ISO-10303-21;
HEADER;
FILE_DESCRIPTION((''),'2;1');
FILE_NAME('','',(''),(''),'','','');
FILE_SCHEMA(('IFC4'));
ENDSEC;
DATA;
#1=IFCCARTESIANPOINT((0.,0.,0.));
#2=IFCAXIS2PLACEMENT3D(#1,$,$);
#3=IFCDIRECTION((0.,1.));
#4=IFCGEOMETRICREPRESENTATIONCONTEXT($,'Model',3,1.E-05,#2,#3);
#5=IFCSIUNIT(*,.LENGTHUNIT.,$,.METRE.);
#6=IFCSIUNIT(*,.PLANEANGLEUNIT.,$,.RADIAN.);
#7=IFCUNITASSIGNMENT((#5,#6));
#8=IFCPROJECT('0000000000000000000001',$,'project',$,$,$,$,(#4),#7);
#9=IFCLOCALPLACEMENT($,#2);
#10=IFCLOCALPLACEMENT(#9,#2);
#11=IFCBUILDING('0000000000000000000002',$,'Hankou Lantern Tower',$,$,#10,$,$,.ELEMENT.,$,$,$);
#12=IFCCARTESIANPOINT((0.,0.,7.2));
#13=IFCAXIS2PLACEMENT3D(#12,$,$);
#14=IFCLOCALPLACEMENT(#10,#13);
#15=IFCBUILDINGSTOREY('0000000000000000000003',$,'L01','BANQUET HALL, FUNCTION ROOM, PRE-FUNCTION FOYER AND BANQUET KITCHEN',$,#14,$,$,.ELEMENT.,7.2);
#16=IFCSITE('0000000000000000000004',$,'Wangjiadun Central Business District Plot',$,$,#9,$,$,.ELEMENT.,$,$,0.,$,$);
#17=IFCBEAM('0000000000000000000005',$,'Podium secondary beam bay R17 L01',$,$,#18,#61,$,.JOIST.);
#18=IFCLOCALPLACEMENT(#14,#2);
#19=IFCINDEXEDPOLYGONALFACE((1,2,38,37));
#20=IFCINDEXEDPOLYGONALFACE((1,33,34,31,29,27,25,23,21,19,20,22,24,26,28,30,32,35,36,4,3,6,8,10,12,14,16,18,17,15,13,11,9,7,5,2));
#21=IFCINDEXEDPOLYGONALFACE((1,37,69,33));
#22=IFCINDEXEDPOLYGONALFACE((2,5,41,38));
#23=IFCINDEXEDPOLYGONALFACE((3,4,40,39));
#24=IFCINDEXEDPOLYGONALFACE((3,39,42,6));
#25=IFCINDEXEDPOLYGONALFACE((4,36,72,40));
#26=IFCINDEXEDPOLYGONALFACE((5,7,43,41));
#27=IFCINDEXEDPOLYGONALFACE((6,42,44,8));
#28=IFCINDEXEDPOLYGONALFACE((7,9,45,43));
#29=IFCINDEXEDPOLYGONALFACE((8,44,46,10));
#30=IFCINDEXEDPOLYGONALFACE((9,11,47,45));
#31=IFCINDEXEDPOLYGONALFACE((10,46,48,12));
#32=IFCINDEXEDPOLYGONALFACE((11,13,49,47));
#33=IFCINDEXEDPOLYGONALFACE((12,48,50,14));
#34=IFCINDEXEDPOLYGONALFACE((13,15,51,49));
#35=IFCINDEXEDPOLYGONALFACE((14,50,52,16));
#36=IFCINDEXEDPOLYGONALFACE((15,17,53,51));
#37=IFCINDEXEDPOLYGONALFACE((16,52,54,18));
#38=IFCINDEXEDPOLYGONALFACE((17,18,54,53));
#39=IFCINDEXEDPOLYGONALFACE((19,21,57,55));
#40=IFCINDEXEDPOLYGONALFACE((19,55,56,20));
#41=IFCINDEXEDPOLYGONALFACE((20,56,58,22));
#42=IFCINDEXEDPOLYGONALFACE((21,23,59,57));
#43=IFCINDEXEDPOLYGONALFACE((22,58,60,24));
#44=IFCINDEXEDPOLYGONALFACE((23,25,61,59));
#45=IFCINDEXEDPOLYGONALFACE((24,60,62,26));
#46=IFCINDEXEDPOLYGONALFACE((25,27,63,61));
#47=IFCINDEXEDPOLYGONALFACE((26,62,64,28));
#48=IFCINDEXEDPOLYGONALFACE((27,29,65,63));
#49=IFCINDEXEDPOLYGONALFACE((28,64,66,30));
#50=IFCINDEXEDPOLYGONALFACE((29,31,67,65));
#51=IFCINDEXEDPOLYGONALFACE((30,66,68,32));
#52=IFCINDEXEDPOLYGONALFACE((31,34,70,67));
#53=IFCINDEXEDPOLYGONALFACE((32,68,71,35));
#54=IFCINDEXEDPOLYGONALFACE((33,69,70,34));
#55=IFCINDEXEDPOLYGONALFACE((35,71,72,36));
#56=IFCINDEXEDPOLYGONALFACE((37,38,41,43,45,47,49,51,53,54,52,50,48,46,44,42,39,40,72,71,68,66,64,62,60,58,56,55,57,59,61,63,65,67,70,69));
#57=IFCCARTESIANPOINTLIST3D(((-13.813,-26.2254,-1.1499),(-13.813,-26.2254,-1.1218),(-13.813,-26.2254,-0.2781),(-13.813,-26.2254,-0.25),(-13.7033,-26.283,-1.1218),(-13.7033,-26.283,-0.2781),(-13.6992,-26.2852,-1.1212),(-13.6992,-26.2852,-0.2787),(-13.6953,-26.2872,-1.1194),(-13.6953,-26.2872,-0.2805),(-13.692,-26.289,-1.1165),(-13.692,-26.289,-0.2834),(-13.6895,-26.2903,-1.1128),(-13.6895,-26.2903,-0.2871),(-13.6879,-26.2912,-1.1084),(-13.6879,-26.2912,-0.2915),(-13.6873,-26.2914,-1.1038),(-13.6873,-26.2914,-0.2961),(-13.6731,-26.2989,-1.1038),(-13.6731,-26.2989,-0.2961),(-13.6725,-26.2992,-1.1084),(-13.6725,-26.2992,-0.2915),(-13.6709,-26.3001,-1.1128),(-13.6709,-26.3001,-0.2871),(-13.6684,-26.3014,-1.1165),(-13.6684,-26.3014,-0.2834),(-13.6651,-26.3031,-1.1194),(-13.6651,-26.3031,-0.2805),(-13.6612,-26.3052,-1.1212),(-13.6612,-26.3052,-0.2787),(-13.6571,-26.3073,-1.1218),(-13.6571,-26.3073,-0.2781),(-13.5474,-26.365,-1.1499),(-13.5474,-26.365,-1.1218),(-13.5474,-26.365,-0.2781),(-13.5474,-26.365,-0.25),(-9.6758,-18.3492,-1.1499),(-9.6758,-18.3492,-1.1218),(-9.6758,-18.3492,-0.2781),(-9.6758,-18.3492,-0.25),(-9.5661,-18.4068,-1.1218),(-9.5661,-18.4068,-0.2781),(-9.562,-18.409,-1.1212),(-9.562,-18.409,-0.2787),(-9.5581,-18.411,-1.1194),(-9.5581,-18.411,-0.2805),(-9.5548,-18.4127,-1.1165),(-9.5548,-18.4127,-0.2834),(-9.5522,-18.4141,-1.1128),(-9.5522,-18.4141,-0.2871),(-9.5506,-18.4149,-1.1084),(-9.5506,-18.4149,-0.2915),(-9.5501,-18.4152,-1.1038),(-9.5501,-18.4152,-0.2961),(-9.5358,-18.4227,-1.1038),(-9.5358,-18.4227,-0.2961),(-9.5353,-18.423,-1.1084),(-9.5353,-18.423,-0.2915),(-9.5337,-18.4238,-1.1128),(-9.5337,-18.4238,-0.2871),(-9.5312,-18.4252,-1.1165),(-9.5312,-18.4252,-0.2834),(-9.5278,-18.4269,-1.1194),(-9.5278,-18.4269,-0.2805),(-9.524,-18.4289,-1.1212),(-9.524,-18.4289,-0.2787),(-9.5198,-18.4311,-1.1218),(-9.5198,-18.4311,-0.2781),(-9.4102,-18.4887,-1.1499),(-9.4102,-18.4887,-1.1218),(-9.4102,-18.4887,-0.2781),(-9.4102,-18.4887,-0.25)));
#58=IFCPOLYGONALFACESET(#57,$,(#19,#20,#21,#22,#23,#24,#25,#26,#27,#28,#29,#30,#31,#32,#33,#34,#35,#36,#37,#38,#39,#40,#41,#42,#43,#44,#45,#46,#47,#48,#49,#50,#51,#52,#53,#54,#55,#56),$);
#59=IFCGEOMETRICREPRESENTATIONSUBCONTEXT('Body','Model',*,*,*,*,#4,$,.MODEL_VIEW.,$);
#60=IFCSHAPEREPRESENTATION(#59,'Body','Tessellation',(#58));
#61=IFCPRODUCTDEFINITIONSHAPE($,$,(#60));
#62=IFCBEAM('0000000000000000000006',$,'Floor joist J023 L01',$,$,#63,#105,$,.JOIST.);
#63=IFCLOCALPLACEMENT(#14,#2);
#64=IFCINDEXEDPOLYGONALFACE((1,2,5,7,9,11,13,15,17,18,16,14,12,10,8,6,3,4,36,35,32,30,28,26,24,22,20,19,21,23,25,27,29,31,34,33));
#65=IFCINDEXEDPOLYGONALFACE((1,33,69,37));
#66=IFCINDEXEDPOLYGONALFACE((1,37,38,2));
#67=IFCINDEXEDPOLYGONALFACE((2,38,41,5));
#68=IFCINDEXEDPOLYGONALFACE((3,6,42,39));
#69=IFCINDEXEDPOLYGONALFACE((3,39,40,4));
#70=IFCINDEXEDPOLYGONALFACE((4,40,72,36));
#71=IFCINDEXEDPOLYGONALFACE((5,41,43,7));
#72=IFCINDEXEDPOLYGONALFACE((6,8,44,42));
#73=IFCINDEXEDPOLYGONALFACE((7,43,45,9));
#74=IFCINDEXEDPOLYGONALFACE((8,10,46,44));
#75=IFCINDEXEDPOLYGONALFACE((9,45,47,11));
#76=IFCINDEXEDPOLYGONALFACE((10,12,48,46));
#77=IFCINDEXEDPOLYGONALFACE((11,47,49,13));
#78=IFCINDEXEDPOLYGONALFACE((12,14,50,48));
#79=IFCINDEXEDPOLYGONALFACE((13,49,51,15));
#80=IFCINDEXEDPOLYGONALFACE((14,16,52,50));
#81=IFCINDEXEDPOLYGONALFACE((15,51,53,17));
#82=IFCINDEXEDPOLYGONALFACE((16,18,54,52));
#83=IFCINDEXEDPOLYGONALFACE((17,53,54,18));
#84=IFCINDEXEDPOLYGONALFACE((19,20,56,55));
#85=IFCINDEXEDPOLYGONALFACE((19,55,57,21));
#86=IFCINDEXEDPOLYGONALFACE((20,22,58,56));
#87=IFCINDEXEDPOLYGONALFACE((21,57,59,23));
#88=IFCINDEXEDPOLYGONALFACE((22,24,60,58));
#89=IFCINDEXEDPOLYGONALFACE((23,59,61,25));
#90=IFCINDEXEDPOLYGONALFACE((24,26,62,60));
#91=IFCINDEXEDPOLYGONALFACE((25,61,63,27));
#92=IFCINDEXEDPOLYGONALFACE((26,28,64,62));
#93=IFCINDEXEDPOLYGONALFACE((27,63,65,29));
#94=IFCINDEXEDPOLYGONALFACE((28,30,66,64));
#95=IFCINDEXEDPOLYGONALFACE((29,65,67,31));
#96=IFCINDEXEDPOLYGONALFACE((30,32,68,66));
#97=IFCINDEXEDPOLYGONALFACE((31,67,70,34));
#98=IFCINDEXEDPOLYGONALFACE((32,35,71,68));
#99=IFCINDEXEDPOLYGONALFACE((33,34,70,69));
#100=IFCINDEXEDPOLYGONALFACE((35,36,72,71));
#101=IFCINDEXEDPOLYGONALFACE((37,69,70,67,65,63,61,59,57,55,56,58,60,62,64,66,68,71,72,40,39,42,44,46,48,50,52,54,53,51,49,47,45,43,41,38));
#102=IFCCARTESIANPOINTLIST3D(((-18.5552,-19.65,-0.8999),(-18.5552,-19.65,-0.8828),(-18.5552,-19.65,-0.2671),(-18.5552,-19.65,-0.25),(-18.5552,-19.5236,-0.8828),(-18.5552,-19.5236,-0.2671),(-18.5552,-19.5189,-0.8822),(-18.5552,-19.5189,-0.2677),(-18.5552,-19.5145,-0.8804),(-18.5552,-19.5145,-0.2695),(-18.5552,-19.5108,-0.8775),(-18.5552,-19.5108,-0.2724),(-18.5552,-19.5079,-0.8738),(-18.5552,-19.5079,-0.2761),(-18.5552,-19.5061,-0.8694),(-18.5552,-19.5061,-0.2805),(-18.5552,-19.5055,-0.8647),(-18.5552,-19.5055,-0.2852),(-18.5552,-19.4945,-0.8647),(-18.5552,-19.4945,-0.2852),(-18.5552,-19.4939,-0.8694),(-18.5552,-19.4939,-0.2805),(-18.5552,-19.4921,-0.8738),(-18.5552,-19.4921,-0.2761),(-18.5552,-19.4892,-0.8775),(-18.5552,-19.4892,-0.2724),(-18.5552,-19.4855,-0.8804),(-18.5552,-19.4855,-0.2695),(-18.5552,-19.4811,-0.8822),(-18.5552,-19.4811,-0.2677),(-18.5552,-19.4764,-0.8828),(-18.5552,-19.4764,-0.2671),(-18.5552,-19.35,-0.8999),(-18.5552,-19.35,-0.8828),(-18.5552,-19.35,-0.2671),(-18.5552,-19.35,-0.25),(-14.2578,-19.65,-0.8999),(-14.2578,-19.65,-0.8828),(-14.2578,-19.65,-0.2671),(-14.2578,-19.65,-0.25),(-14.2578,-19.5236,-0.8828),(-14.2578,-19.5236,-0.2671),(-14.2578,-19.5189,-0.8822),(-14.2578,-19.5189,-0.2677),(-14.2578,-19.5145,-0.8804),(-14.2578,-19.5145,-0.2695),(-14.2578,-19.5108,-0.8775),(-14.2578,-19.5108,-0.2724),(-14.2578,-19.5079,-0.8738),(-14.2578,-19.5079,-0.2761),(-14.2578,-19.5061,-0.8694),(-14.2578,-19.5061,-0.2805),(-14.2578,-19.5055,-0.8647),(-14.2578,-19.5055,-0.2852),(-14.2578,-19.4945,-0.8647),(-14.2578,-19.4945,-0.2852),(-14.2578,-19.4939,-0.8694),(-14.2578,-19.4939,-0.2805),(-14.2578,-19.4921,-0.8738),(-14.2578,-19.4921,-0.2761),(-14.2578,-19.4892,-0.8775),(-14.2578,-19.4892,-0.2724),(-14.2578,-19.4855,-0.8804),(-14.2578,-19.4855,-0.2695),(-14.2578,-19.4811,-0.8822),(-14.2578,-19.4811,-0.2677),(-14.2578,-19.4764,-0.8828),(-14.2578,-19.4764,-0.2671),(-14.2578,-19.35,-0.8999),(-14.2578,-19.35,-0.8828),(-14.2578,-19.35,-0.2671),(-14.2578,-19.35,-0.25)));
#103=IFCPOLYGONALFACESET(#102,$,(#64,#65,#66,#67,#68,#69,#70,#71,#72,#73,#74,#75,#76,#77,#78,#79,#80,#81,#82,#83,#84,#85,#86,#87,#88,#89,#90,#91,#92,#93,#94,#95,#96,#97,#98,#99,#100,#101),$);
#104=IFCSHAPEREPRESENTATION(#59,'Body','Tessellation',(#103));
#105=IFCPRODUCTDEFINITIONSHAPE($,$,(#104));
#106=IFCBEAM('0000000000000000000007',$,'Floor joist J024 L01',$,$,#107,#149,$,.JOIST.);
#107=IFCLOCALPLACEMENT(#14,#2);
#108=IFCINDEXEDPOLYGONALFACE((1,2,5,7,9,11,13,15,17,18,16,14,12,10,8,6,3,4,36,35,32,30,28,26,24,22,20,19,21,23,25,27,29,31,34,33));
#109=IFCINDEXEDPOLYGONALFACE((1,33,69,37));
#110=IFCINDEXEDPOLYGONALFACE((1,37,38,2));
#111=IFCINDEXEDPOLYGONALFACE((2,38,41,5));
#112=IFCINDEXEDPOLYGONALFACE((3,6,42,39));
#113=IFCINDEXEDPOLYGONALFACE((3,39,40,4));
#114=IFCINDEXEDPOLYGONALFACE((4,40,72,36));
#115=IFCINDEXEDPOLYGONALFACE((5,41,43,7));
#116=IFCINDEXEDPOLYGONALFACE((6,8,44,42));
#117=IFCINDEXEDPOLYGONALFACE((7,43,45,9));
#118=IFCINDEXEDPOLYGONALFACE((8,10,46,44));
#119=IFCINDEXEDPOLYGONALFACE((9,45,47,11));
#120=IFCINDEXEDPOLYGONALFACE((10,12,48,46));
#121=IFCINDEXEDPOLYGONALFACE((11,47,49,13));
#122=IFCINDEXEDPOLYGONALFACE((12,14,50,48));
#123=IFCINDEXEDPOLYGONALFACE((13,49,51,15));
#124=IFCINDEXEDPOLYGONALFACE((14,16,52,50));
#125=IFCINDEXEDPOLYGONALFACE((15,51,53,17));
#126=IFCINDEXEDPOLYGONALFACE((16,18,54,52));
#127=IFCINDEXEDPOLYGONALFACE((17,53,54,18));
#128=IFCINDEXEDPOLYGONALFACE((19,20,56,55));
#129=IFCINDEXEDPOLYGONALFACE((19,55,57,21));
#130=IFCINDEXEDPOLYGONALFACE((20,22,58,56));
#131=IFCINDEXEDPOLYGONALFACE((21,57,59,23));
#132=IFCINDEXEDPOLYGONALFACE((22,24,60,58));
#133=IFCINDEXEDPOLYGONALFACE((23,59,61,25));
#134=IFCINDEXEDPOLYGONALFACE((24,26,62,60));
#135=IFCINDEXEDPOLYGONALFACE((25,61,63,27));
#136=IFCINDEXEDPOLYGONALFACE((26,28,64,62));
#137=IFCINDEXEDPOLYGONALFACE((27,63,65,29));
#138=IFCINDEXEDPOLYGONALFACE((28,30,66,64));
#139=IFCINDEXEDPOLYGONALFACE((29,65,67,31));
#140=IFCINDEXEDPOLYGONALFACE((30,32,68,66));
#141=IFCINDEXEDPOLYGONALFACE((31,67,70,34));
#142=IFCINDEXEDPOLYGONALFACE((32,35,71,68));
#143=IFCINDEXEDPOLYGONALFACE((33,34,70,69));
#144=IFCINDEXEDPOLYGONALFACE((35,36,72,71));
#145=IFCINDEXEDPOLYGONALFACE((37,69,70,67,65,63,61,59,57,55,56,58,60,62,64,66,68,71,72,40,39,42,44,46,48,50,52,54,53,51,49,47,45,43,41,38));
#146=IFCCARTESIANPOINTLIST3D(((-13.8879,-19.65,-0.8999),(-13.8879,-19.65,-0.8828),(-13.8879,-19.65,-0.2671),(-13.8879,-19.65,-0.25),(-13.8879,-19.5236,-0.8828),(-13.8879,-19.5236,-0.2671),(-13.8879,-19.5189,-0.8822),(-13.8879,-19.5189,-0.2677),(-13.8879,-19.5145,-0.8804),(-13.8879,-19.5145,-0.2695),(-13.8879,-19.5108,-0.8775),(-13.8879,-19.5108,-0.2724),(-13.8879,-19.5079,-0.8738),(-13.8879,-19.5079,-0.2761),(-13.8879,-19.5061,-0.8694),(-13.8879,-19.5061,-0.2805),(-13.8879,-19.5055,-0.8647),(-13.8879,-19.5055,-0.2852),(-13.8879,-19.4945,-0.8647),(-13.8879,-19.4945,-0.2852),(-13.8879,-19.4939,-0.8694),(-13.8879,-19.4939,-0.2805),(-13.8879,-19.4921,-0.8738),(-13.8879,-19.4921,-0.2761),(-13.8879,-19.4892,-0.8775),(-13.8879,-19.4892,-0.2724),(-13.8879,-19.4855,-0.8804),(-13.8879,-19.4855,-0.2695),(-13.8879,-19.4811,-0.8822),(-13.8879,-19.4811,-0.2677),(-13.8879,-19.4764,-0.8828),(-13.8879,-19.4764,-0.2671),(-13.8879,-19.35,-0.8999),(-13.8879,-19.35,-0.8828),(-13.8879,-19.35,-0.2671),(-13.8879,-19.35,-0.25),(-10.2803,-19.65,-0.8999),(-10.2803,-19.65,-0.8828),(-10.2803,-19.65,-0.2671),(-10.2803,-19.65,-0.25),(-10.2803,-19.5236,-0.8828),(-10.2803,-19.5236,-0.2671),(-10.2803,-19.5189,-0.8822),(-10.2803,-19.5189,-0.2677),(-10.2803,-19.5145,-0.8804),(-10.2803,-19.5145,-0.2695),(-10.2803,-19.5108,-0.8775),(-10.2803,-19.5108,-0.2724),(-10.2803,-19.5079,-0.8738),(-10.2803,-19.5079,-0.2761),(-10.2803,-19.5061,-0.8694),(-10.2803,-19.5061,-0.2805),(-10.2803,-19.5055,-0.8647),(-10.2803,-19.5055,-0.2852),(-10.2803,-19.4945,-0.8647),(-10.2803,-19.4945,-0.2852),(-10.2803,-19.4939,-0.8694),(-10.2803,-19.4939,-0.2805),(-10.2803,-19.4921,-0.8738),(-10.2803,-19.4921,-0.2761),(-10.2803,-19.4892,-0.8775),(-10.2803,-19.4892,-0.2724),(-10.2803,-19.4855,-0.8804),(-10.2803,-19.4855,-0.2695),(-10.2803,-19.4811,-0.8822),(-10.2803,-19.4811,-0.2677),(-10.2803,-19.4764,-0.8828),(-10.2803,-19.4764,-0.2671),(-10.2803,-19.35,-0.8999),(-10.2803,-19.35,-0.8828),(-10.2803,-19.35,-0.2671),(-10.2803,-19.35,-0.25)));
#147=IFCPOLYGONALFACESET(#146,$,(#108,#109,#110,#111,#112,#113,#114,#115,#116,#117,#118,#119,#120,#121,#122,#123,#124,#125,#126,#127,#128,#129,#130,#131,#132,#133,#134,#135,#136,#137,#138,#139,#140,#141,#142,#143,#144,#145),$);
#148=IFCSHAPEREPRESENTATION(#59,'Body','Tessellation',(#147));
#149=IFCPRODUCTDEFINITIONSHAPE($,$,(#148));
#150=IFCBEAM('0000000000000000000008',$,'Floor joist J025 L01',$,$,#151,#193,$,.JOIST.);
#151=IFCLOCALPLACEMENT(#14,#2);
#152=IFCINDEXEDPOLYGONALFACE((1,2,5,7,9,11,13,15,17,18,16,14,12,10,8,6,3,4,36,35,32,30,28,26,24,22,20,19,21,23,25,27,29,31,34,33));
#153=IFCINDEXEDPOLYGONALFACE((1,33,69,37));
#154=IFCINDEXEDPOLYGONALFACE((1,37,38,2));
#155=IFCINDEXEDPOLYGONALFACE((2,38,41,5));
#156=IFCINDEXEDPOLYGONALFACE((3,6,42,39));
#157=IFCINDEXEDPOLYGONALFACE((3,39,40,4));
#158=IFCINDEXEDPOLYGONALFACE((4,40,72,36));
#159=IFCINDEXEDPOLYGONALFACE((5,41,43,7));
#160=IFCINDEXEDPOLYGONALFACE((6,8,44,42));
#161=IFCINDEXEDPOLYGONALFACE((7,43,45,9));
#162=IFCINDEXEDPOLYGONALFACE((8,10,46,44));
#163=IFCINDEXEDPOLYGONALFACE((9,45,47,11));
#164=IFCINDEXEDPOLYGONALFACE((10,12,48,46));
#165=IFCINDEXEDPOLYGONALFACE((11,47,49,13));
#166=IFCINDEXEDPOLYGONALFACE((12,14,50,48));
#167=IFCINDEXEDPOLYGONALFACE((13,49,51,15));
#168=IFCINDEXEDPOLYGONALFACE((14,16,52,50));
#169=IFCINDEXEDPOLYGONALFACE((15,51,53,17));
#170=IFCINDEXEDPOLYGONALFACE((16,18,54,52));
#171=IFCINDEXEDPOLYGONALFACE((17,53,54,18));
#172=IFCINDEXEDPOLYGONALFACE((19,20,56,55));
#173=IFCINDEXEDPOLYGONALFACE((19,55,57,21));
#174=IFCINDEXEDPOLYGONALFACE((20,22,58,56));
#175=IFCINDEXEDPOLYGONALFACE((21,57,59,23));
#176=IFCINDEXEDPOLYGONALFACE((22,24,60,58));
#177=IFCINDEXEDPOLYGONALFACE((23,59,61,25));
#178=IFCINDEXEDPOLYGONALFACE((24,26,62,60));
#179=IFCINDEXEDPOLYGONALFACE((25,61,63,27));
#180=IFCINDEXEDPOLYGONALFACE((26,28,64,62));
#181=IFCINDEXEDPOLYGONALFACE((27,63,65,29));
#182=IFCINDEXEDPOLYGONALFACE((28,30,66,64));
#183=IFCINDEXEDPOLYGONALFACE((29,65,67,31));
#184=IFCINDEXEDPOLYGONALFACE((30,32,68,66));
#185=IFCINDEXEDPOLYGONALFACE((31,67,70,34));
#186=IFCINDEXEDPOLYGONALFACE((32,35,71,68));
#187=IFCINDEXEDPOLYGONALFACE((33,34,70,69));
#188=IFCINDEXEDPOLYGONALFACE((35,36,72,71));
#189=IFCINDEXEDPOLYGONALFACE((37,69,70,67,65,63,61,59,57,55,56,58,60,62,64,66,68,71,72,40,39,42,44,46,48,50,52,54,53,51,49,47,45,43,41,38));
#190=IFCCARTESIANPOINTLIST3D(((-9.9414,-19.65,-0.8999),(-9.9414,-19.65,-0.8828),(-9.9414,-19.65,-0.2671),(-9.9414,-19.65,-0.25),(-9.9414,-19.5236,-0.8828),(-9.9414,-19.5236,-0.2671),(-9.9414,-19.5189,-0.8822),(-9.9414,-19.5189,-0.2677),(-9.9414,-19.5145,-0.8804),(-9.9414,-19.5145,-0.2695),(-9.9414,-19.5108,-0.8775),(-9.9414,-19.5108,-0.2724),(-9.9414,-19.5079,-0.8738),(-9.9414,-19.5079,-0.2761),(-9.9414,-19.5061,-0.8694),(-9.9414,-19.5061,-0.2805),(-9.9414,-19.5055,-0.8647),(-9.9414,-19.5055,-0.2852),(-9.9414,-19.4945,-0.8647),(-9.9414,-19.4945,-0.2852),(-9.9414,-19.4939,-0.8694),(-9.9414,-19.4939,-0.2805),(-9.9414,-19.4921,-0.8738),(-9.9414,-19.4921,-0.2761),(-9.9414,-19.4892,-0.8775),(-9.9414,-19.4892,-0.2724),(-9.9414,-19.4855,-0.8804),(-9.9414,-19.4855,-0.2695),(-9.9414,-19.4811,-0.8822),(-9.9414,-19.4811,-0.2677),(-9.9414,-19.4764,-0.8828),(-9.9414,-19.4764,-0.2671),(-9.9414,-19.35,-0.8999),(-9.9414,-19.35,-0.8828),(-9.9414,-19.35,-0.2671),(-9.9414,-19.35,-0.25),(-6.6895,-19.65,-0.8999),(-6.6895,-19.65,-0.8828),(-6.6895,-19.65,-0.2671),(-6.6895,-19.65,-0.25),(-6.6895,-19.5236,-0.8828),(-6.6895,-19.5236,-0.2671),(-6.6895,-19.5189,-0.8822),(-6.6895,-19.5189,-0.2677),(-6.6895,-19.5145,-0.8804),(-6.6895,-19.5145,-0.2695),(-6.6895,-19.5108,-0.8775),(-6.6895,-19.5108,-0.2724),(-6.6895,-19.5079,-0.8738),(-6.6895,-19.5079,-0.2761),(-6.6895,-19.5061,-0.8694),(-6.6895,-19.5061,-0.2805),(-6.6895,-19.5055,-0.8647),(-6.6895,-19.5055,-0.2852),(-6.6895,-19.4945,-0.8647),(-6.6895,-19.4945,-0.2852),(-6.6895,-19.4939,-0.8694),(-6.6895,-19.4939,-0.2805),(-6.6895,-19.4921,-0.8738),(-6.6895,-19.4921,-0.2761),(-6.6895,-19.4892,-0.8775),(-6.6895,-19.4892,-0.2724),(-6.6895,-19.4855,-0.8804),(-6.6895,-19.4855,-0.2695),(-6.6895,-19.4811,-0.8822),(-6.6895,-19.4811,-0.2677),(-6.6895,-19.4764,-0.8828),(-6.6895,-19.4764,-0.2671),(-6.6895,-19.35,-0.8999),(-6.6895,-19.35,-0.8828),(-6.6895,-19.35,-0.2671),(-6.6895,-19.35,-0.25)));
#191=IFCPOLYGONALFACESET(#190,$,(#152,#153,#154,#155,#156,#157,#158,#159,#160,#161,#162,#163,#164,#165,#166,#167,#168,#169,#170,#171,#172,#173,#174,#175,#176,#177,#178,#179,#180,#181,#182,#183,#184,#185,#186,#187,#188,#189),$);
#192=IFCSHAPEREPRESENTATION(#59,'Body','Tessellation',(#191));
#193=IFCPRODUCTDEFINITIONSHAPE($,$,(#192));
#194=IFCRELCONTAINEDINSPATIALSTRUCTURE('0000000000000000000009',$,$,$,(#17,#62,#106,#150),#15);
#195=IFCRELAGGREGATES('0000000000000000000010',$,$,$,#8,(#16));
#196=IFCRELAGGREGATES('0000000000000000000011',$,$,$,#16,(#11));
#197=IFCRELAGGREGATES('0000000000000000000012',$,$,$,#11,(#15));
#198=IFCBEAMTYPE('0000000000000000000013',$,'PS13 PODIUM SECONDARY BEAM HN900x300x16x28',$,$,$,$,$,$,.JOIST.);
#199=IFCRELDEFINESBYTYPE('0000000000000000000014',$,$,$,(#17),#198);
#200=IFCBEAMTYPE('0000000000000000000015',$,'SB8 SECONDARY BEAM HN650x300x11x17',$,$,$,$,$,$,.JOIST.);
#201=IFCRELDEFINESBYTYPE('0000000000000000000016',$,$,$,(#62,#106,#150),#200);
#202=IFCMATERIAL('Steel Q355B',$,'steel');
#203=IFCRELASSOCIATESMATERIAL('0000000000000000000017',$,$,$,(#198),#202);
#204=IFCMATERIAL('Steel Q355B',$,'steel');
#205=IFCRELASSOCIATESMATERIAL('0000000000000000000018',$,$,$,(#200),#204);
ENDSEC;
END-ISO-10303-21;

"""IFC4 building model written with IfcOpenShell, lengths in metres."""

from ifc_helpers import new_model, si_unit, direction, frame, origin, origin_2d, place, context, subcontext, project, spatial, i_section, extrude, material, material_profile, profile_set, type_object, element, save


model = new_model("IFC4")

# Units and contexts
model_context = context("Model", 3, precision=1e-05, world=origin(), true_north=direction((0.0, 1.0)))
body_context = subcontext(model_context, "Body", "Model", "MODEL_VIEW")
ifc_project = project(units=[si_unit("LENGTHUNIT", "METRE"), si_unit("PLANEANGLEUNIT", "RADIAN")], contexts=[model_context])

# Site, building, storey
site_placement = place(None, origin())
site = spatial("IfcSite", under=ifc_project, at=site_placement, Name="Wangjiadun Central Business District Plot", CompositionType="ELEMENT", RefElevation=0.0)
building_placement = place(site_placement, origin())
building = spatial("IfcBuilding", under=site, at=building_placement, Name="Hankou Lantern Tower", CompositionType="ELEMENT")
storey_placement = place(building_placement, frame((0.0, 0.0, 7.2)))
storey = spatial("IfcBuildingStorey", under=building, at=storey_placement, Name="L01", Description="BANQUET HALL, FUNCTION ROOM, PRE-FUNCTION FOYER AND BANQUET KITCHEN", CompositionType="ELEMENT", Elevation=7.2)

# Beams
ifc_material_1 = material(Name="Steel Q355B", Category="steel")
ifc_material_profile_1 = material_profile(ifc_material_1, i_section(OverallWidth=0.3, OverallDepth=0.8999, WebThickness=0.0161, FlangeThickness=0.0281, FilletRadius=0.0181, at=origin_2d()), Name="HN900x300x16x28")
ifc_profile_set_1 = profile_set([ifc_material_profile_1], Name="Steel Q355B")
beam_type_1 = type_object("IfcBeamType", Name="PS13 PODIUM SECONDARY BEAM HN900x300x16x28", PredefinedType="JOIST", material=ifc_profile_set_1)
beam_1_placement = place(storey_placement, frame((-9.543, -18.4189, -0.7), z_axis=(-0.465027, -0.885297, 0.0), x_axis=(0.885297, -0.465027, 0.0)))
element("IfcBeam", 1, at=beam_1_placement, inside=storey, type_object=beam_type_1, Name="Podium secondary beam bay R17 L01", PredefinedType="JOIST", context=body_context, shape_type="SweptSolid", body=[
    extrude(i_section(OverallWidth=0.3, OverallDepth=0.8999, WebThickness=0.0161, FlangeThickness=0.0281, FilletRadius=0.0181, at=origin_2d()), origin(), (0.0, 0.0, 1.0), 8.8967),
])
ifc_material_2 = material(Name="Steel Q355B", Category="steel")
ifc_material_profile_2 = material_profile(ifc_material_2, i_section(OverallWidth=0.3, OverallDepth=0.6499, WebThickness=0.011, FlangeThickness=0.0171, FilletRadius=0.0181, at=origin_2d()), Name="HN650x300x11x17")
ifc_profile_set_2 = profile_set([ifc_material_profile_2], Name="Steel Q355B")
beam_type_2 = type_object("IfcBeamType", Name="SB8 SECONDARY BEAM HN650x300x11x17", PredefinedType="JOIST", material=ifc_profile_set_2)
beam_2_placement = place(storey_placement, frame((-18.5552, -19.5, -0.575), z_axis=(1.0, 0.0, 0.0), x_axis=(0.0, 1.0, 0.0)))
element("IfcBeam", 2, at=beam_2_placement, inside=storey, type_object=beam_type_2, Name="Floor joist J023 L01", PredefinedType="JOIST", context=body_context, shape_type="SweptSolid", body=[
    extrude(i_section(OverallWidth=0.3, OverallDepth=0.6499, WebThickness=0.011, FlangeThickness=0.0171, FilletRadius=0.0181, at=origin_2d()), origin(), (0.0, 0.0, 1.0), 4.2974),
])
beam_3_placement = place(storey_placement, frame((-13.8879, -19.5, -0.575), z_axis=(1.0, 0.0, 0.0), x_axis=(0.0, 1.0, 0.0)))
element("IfcBeam", 3, at=beam_3_placement, inside=storey, type_object=beam_type_2, Name="Floor joist J024 L01", PredefinedType="JOIST", context=body_context, shape_type="SweptSolid", body=[
    extrude(i_section(OverallWidth=0.3, OverallDepth=0.6499, WebThickness=0.011, FlangeThickness=0.0171, FilletRadius=0.0181, at=origin_2d()), origin(), (0.0, 0.0, 1.0), 3.6077),
])
beam_4_placement = place(storey_placement, frame((-9.9414, -19.5, -0.575), z_axis=(1.0, 0.0, 0.0), x_axis=(0.0, 1.0, 0.0)))
element("IfcBeam", 4, at=beam_4_placement, inside=storey, type_object=beam_type_2, Name="Floor joist J025 L01", PredefinedType="JOIST", context=body_context, shape_type="SweptSolid", body=[
    extrude(i_section(OverallWidth=0.3, OverallDepth=0.6499, WebThickness=0.011, FlangeThickness=0.0171, FilletRadius=0.0181, at=origin_2d()), origin(), (0.0, 0.0, 1.0), 3.252),
])

save(model, "model.ifc")
